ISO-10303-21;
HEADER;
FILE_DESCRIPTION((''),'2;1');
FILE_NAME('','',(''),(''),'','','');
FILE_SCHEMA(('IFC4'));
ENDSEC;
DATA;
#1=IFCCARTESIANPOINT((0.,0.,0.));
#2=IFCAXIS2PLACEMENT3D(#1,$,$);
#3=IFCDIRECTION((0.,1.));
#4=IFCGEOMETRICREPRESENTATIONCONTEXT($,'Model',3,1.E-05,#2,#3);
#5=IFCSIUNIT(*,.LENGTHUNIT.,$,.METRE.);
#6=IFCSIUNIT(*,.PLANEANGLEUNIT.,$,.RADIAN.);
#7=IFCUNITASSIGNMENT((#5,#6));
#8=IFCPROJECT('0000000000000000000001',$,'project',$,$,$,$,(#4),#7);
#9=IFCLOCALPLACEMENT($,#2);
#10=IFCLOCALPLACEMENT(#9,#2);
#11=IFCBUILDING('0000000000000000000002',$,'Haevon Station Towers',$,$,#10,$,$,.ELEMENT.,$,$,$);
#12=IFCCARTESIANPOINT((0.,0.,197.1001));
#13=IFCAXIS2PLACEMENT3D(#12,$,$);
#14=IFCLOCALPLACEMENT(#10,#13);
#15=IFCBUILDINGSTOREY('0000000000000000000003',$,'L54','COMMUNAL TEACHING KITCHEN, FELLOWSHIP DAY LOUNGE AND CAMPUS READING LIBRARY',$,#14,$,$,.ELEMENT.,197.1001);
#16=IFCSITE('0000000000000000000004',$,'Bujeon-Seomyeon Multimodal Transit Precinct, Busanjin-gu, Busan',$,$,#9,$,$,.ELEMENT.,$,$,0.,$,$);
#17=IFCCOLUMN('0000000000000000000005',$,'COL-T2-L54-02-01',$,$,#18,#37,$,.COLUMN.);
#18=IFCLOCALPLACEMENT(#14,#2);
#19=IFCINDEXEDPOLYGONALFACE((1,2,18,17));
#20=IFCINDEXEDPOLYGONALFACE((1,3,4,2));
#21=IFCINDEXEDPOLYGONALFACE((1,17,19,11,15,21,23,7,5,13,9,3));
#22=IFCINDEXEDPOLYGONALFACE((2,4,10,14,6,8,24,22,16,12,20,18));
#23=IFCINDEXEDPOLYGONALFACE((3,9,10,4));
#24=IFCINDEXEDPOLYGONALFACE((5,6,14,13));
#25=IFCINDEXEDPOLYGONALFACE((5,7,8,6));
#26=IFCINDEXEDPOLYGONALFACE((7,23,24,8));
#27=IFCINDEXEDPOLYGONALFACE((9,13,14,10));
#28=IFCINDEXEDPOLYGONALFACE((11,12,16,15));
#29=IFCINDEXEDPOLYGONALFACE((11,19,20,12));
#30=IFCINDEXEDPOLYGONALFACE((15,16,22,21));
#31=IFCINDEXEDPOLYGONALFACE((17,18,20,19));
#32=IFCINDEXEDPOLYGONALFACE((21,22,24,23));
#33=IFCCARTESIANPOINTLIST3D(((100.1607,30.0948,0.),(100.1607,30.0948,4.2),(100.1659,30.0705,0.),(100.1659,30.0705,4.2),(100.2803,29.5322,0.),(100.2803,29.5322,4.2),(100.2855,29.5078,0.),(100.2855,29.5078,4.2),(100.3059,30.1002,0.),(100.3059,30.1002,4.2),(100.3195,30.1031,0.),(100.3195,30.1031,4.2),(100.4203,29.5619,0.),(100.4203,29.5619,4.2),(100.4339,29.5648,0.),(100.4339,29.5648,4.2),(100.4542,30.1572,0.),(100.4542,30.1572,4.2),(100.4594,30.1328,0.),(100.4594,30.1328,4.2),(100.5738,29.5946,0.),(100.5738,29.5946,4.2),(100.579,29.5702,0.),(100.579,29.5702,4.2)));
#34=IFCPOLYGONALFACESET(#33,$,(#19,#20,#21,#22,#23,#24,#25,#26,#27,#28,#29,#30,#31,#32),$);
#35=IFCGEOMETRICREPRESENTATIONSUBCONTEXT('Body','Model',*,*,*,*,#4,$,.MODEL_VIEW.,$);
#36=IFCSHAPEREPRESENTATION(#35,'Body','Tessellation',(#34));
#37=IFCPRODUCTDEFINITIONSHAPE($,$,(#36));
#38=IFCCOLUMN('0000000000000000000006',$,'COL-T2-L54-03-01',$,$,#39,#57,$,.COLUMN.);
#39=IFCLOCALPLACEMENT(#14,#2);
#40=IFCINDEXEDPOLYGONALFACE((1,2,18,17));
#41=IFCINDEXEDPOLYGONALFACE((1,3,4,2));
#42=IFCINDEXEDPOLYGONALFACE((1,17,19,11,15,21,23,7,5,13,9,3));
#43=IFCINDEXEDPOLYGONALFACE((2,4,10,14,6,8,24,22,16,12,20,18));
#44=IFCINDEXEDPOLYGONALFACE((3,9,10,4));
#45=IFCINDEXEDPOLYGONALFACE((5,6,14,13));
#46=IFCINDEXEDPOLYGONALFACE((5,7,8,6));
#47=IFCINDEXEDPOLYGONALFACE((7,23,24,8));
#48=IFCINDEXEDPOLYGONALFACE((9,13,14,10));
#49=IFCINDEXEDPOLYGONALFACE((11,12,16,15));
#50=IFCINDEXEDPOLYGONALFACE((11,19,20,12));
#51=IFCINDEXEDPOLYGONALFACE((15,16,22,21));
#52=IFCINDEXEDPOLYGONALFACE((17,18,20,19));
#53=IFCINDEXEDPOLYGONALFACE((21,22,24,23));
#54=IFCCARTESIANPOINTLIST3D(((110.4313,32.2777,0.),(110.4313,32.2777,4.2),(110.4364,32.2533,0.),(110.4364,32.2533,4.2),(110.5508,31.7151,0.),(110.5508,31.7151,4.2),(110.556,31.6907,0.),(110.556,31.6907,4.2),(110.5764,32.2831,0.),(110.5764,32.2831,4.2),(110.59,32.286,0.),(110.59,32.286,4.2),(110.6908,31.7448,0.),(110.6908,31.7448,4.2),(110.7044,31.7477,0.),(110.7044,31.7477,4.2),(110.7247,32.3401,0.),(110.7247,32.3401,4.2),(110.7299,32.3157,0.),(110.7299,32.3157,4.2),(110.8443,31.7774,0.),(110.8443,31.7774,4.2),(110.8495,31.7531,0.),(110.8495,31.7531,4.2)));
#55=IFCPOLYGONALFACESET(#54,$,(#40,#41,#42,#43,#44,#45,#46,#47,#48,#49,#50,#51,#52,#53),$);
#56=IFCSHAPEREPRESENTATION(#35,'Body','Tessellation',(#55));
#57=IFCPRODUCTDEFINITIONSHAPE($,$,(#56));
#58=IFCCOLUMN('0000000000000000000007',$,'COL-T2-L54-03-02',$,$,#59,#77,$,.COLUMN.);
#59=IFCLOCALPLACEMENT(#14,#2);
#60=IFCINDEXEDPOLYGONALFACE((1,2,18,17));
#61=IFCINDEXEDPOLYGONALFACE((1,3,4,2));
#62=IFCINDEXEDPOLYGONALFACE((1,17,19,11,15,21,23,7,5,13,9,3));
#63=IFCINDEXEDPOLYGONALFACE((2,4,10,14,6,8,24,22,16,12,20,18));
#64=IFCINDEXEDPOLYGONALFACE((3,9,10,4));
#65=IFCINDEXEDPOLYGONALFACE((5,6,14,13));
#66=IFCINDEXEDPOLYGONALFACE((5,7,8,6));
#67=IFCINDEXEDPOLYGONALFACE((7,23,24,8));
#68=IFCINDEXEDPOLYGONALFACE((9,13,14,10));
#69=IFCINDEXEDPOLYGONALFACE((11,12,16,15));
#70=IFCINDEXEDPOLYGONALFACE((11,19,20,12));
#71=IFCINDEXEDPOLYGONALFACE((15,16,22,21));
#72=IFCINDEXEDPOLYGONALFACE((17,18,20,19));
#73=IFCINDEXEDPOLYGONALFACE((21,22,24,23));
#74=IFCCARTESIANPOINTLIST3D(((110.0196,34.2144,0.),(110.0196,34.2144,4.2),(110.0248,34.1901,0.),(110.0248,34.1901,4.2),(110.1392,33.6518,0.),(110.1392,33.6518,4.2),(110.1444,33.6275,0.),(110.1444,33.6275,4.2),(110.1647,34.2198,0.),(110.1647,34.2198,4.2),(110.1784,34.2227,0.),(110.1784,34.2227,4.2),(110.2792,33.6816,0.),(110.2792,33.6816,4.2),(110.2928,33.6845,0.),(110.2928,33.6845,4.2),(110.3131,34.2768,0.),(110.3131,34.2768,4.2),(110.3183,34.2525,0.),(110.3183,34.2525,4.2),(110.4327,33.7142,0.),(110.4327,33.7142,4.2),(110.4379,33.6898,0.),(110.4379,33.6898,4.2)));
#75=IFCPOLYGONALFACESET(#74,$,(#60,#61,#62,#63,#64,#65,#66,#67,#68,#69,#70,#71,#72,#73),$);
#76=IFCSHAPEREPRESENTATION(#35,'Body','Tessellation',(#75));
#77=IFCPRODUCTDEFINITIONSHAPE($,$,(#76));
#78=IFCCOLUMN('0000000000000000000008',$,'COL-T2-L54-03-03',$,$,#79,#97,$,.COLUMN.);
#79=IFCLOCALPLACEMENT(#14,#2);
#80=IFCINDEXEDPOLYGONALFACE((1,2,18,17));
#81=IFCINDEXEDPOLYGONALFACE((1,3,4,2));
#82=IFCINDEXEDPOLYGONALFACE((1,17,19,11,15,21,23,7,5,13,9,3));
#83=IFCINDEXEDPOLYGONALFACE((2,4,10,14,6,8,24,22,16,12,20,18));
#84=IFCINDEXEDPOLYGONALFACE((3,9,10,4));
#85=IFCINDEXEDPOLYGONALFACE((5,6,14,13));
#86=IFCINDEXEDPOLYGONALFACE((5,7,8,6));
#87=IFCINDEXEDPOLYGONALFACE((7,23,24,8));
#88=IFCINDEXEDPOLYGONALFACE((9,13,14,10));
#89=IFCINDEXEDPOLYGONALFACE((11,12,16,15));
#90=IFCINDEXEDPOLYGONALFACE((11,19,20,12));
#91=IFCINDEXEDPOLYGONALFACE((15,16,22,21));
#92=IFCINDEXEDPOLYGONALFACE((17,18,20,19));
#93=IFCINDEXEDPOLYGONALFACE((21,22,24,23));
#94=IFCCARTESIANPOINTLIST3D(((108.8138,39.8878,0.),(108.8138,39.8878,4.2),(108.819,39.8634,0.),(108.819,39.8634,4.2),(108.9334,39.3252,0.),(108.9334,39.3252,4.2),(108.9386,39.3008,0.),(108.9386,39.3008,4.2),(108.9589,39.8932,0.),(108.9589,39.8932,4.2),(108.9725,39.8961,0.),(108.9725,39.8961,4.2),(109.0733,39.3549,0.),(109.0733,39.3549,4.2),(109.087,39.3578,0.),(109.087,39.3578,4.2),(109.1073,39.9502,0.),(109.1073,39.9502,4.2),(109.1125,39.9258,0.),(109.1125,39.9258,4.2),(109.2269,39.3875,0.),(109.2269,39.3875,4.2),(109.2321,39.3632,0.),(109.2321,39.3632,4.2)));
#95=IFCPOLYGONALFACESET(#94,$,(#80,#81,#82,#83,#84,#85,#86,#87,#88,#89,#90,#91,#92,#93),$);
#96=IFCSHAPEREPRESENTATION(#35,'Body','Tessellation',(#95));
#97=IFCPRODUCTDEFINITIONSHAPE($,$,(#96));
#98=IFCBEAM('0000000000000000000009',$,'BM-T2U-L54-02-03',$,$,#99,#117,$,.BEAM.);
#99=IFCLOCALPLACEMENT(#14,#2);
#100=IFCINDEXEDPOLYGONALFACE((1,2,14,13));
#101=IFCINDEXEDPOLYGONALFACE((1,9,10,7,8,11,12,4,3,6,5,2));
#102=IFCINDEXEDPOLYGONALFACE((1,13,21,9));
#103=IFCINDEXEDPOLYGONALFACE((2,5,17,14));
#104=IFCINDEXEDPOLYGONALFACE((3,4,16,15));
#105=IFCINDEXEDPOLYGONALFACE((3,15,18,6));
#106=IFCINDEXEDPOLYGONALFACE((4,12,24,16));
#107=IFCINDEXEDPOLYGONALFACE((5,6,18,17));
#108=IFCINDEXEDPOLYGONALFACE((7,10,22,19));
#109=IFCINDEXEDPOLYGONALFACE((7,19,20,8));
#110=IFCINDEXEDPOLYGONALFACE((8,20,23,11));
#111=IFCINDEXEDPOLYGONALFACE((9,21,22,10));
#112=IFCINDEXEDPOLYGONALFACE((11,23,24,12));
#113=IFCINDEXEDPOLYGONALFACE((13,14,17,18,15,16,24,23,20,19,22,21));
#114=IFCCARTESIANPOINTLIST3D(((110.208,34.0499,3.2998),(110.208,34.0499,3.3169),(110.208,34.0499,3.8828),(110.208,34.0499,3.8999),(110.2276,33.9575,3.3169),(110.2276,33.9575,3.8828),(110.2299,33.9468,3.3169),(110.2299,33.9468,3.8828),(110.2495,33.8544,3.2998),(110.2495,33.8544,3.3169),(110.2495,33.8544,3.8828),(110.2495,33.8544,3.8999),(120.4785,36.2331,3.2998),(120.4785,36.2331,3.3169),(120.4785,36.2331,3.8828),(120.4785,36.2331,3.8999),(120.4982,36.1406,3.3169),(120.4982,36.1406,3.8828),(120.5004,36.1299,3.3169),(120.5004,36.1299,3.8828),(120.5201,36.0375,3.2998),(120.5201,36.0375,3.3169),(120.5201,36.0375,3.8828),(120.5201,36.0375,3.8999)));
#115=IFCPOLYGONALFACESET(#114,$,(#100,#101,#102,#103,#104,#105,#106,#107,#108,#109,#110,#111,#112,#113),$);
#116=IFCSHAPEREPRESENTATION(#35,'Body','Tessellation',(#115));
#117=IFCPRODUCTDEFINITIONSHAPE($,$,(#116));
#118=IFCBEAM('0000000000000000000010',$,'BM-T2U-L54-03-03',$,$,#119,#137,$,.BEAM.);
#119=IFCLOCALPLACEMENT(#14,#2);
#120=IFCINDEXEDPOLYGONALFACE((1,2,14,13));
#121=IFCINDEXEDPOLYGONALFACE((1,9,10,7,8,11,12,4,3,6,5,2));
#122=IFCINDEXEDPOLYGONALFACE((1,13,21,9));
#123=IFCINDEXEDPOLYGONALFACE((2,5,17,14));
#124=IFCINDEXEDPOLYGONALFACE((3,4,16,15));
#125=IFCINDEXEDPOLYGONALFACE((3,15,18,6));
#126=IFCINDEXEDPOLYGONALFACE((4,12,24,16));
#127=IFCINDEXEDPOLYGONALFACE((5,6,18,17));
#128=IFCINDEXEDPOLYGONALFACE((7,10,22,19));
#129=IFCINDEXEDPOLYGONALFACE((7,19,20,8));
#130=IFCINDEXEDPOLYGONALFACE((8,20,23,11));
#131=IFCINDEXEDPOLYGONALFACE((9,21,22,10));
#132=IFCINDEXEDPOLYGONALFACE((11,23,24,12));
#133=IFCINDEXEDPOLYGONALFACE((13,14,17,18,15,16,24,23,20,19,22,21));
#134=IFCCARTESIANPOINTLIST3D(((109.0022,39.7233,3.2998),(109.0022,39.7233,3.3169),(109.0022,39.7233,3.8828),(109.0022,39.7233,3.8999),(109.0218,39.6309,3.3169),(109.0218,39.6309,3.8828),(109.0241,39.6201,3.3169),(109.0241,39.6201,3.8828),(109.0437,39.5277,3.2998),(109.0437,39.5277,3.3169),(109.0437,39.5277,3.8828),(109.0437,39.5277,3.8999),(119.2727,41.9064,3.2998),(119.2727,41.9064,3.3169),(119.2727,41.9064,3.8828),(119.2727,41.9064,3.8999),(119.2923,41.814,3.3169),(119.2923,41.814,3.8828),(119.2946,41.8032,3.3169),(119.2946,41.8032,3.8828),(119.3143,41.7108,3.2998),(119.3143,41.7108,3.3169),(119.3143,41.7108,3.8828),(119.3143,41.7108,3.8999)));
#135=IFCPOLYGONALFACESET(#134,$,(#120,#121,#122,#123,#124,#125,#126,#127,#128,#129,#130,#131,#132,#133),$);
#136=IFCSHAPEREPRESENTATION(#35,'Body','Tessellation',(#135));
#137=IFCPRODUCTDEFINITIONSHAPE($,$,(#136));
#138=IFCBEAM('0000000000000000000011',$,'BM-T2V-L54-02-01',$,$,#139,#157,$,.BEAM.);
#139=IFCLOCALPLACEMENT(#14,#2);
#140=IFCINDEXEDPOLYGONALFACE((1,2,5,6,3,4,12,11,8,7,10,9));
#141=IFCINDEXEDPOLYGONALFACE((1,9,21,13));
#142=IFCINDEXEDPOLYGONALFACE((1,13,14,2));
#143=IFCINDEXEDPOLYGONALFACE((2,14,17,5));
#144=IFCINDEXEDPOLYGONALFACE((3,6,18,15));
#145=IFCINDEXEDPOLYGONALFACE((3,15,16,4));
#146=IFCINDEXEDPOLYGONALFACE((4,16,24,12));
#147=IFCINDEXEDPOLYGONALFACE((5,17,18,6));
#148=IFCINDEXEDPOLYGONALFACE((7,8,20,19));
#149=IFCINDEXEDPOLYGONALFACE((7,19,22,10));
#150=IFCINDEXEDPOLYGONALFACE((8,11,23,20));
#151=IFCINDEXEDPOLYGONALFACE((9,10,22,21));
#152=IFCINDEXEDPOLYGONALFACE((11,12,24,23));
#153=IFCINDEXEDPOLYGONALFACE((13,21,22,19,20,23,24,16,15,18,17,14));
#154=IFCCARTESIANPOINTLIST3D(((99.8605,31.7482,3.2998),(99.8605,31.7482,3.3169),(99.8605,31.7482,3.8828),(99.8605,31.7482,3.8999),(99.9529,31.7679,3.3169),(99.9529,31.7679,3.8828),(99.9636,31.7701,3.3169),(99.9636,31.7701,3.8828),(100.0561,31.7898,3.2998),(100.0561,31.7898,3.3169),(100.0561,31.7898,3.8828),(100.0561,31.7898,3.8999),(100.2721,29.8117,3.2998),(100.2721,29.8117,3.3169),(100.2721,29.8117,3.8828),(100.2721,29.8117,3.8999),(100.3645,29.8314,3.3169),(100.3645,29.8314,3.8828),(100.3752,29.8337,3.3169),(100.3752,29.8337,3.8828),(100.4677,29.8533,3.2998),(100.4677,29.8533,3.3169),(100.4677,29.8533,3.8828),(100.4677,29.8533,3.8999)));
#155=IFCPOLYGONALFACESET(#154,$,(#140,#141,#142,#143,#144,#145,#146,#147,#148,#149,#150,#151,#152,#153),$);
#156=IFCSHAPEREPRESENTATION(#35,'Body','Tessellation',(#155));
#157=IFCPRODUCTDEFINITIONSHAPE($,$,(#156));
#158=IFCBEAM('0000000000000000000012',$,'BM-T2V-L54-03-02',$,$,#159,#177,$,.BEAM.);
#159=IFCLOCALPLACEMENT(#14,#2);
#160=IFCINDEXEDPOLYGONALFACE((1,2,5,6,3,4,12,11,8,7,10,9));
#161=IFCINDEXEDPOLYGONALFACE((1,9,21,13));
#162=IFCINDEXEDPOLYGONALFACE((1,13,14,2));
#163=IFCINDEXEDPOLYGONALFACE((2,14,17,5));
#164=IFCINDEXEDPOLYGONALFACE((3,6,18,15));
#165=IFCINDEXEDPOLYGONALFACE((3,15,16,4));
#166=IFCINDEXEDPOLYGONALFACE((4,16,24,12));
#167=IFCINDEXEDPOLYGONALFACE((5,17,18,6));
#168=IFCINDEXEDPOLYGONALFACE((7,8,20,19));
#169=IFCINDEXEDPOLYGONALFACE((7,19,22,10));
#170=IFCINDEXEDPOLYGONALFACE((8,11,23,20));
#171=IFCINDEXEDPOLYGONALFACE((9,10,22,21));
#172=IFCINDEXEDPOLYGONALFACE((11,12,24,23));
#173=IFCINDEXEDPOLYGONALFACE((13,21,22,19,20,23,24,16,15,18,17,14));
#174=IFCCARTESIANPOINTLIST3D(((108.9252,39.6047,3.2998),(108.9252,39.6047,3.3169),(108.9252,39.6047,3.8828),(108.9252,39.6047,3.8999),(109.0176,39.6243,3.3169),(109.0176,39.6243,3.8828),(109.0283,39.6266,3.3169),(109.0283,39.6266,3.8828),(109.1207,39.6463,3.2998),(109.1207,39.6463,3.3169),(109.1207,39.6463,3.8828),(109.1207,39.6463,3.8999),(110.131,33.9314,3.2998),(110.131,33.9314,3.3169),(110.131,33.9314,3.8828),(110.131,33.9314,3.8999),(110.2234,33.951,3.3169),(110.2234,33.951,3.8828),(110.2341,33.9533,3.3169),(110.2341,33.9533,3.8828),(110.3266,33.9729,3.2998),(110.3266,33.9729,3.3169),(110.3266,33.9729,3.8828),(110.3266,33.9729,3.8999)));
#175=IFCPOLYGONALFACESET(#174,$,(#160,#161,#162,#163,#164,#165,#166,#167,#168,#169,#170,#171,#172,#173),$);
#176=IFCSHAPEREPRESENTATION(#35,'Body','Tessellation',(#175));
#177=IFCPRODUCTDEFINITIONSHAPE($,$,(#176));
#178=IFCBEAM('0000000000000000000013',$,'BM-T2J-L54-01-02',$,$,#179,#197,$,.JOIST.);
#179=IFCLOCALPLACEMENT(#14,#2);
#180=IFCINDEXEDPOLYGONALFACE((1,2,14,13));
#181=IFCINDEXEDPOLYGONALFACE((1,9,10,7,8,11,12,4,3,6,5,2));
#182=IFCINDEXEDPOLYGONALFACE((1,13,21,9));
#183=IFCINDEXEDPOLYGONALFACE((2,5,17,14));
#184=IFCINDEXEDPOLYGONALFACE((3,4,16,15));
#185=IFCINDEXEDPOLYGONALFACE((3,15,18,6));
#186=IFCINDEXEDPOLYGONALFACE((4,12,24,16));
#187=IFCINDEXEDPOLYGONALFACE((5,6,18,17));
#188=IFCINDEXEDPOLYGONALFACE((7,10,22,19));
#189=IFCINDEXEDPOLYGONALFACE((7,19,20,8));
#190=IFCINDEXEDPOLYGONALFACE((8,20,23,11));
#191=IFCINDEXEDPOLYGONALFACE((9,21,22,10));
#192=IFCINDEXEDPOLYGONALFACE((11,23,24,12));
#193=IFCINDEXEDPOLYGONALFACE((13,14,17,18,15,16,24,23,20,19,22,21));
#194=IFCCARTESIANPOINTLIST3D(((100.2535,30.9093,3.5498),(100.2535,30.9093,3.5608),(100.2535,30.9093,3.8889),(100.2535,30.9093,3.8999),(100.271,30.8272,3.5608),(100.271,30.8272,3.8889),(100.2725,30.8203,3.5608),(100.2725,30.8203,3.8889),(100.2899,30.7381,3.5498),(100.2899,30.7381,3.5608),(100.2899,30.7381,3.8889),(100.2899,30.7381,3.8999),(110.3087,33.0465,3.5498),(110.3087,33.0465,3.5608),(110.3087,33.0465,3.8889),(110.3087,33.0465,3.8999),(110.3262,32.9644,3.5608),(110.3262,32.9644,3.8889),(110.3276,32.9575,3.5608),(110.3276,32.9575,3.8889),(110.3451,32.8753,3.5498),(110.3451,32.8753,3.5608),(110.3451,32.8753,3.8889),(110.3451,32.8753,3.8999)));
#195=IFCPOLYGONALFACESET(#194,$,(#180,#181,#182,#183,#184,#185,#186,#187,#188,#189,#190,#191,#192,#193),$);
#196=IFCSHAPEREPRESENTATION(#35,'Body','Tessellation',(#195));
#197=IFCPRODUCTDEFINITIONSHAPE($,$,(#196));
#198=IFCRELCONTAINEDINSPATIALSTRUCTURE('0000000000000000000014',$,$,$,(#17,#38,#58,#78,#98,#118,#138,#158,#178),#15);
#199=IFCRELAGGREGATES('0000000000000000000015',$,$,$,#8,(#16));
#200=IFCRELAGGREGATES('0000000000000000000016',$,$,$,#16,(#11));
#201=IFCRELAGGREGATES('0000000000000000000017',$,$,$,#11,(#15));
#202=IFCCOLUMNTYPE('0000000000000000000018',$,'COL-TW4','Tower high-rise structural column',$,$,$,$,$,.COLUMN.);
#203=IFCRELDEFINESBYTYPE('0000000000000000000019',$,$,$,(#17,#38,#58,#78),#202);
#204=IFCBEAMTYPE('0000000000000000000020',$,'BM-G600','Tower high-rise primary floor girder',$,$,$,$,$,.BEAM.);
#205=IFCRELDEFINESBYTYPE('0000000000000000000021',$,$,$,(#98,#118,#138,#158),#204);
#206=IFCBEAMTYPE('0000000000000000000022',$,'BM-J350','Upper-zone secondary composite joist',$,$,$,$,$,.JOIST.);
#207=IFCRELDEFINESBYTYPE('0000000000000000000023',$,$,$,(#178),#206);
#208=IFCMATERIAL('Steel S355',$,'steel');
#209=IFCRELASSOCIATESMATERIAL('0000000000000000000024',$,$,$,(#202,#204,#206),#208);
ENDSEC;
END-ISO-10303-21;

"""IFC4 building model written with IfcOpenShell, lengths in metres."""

from ifc_helpers import new_model, si_unit, direction, frame, origin, origin_2d, place, context, subcontext, project, spatial, i_section, extrude, material, material_profile, profile_set, type_object, element, save


model = new_model("IFC4")

# Units and contexts
model_context = context("Model", 3, precision=1e-05, world=origin(), true_north=direction((0.0, 1.0)))
body_context = subcontext(model_context, "Body", "Model", "MODEL_VIEW")
ifc_project = project(units=[si_unit("LENGTHUNIT", "METRE"), si_unit("PLANEANGLEUNIT", "RADIAN")], contexts=[model_context])

# Site, building, storey
site_placement = place(None, origin())
site = spatial("IfcSite", under=ifc_project, at=site_placement, Name="Bujeon-Seomyeon Multimodal Transit Precinct, Busanjin-gu, Busan", CompositionType="ELEMENT", RefElevation=0.0)
building_placement = place(site_placement, origin())
building = spatial("IfcBuilding", under=site, at=building_placement, Name="Haevon Station Towers", CompositionType="ELEMENT")
storey_placement = place(building_placement, frame((0.0, 0.0, 197.1001)))
storey = spatial("IfcBuildingStorey", under=building, at=storey_placement, Name="L54", Description="COMMUNAL TEACHING KITCHEN, FELLOWSHIP DAY LOUNGE AND CAMPUS READING LIBRARY", CompositionType="ELEMENT", Elevation=197.1001)

# Columns
ifc_material_1 = material(Name="Steel S355", Category="steel")
ifc_material_profile_1 = material_profile(ifc_material_1, i_section(OverallWidth=0.3, OverallDepth=0.6001, WebThickness=0.0139, FlangeThickness=0.0249, at=origin_2d()), Name="H-600x300x14x25")
ifc_profile_set_1 = profile_set([ifc_material_profile_1], Name="Steel S355")
column_type = type_object("IfcColumnType", Name="COL-TW4", Description="Tower high-rise structural column", PredefinedType="COLUMN", material=ifc_profile_set_1)
for number, where, z_axis, x_axis, name in (
    (1, (100.3699, 29.8325, 0.0), (0.0, 0.0, 1.0), (0.978148, 0.207912, 0.0), "COL-T2-L54-02-01"),
    (2, (110.6404, 32.0154, 0.0), (0.0, 0.0, 1.0), (0.978148, 0.207912, 0.0), "COL-T2-L54-03-01"),
    (3, (110.2288, 33.9521, 0.0), (0.0, 0.0, 1.0), (0.978148, 0.207912, 0.0), "COL-T2-L54-03-02"),
    (4, (109.0229, 39.6255, 0.0), (0.0, 0.0, 1.0), (0.978148, 0.207912, 0.0), "COL-T2-L54-03-03"),
):
    element("IfcColumn", number, at=place(storey_placement, frame(where, z_axis=z_axis, x_axis=x_axis)), inside=storey, type_object=column_type, Name=name, PredefinedType="COLUMN", context=body_context, shape_type="SweptSolid", body=[
        extrude(i_section(OverallWidth=0.3, OverallDepth=0.6001, WebThickness=0.0139, FlangeThickness=0.0249, at=origin_2d()), origin(), (0.0, 0.0, 1.0), 4.2),
    ])

# Beams
ifc_material_profile_2 = material_profile(ifc_material_1, i_section(OverallWidth=0.2, OverallDepth=0.6001, WebThickness=0.011, FlangeThickness=0.0171, at=origin_2d()), Name="H-600x200x11x17")
ifc_profile_set_2 = profile_set([ifc_material_profile_2], Name="Steel S355")
beam_type_1 = type_object("IfcBeamType", Name="BM-G600", Description="Tower high-rise primary floor girder", PredefinedType="BEAM", material=ifc_profile_set_2)
for number, where, z_axis, x_axis, name in (
    (5, (110.2288, 33.9521, 3.5999), (0.978147, 0.207915, 0.0), (-0.207915, 0.978147, 0.0), "BM-T2U-L54-02-03"),
    (6, (109.0229, 39.6255, 3.5999), (0.978147, 0.207915, 0.0), (-0.207915, 0.978147, 0.0), "BM-T2U-L54-03-03"),
):
    element("IfcBeam", number, at=place(storey_placement, frame(where, z_axis=z_axis, x_axis=x_axis)), inside=storey, type_object=beam_type_1, Name=name, PredefinedType="BEAM", context=body_context, shape_type="SweptSolid", body=[
        extrude(i_section(OverallWidth=0.2, OverallDepth=0.6001, WebThickness=0.011, FlangeThickness=0.0171, at=origin_2d()), origin(), (0.0, 0.0, 1.0), 10.5),
    ])
beam_1_placement = place(storey_placement, frame((100.3699, 29.8325, 3.5999), z_axis=(-0.207912, 0.978148, 0.0), x_axis=(-0.978148, -0.207912, 0.0)))
element("IfcBeam", 7, at=beam_1_placement, inside=storey, type_object=beam_type_1, Name="BM-T2V-L54-02-01", PredefinedType="BEAM", context=body_context, shape_type="SweptSolid", body=[
    extrude(i_section(OverallWidth=0.2, OverallDepth=0.6001, WebThickness=0.011, FlangeThickness=0.0171, at=origin_2d()), origin(), (0.0, 0.0, 1.0), 1.9797),
])
beam_2_placement = place(storey_placement, frame((110.2288, 33.9521, 3.5999), z_axis=(-0.207896, 0.978151, 0.0), x_axis=(-0.978151, -0.207896, 0.0)))
element("IfcBeam", 8, at=beam_2_placement, inside=storey, type_object=beam_type_1, Name="BM-T2V-L54-03-02", PredefinedType="BEAM", context=body_context, shape_type="SweptSolid", body=[
    extrude(i_section(OverallWidth=0.2, OverallDepth=0.6001, WebThickness=0.011, FlangeThickness=0.0171, at=origin_2d()), origin(), (0.0, 0.0, 1.0), 5.8),
])
ifc_material_profile_3 = material_profile(ifc_material_1, i_section(OverallWidth=0.175, OverallDepth=0.3501, WebThickness=0.0071, FlangeThickness=0.011, at=origin_2d()), Name="H-350x175x7x11")
ifc_profile_set_3 = profile_set([ifc_material_profile_3], Name="Steel S355")
beam_type_2 = type_object("IfcBeamType", Name="BM-J350", Description="Upper-zone secondary composite joist", PredefinedType="JOIST", material=ifc_profile_set_3)
beam_3_placement = place(storey_placement, frame((100.2717, 30.8237, 3.7249), z_axis=(0.978149, 0.207904, 0.0), x_axis=(-0.207904, 0.978149, 0.0)))
element("IfcBeam", 9, at=beam_3_placement, inside=storey, type_object=beam_type_2, Name="BM-T2J-L54-01-02", PredefinedType="JOIST", context=body_context, shape_type="SweptSolid", body=[
    extrude(i_section(OverallWidth=0.175, OverallDepth=0.3501, WebThickness=0.0071, FlangeThickness=0.011, at=origin_2d()), origin(), (0.0, 0.0, 1.0), 10.2798),
])

save(model, "model.ifc")
